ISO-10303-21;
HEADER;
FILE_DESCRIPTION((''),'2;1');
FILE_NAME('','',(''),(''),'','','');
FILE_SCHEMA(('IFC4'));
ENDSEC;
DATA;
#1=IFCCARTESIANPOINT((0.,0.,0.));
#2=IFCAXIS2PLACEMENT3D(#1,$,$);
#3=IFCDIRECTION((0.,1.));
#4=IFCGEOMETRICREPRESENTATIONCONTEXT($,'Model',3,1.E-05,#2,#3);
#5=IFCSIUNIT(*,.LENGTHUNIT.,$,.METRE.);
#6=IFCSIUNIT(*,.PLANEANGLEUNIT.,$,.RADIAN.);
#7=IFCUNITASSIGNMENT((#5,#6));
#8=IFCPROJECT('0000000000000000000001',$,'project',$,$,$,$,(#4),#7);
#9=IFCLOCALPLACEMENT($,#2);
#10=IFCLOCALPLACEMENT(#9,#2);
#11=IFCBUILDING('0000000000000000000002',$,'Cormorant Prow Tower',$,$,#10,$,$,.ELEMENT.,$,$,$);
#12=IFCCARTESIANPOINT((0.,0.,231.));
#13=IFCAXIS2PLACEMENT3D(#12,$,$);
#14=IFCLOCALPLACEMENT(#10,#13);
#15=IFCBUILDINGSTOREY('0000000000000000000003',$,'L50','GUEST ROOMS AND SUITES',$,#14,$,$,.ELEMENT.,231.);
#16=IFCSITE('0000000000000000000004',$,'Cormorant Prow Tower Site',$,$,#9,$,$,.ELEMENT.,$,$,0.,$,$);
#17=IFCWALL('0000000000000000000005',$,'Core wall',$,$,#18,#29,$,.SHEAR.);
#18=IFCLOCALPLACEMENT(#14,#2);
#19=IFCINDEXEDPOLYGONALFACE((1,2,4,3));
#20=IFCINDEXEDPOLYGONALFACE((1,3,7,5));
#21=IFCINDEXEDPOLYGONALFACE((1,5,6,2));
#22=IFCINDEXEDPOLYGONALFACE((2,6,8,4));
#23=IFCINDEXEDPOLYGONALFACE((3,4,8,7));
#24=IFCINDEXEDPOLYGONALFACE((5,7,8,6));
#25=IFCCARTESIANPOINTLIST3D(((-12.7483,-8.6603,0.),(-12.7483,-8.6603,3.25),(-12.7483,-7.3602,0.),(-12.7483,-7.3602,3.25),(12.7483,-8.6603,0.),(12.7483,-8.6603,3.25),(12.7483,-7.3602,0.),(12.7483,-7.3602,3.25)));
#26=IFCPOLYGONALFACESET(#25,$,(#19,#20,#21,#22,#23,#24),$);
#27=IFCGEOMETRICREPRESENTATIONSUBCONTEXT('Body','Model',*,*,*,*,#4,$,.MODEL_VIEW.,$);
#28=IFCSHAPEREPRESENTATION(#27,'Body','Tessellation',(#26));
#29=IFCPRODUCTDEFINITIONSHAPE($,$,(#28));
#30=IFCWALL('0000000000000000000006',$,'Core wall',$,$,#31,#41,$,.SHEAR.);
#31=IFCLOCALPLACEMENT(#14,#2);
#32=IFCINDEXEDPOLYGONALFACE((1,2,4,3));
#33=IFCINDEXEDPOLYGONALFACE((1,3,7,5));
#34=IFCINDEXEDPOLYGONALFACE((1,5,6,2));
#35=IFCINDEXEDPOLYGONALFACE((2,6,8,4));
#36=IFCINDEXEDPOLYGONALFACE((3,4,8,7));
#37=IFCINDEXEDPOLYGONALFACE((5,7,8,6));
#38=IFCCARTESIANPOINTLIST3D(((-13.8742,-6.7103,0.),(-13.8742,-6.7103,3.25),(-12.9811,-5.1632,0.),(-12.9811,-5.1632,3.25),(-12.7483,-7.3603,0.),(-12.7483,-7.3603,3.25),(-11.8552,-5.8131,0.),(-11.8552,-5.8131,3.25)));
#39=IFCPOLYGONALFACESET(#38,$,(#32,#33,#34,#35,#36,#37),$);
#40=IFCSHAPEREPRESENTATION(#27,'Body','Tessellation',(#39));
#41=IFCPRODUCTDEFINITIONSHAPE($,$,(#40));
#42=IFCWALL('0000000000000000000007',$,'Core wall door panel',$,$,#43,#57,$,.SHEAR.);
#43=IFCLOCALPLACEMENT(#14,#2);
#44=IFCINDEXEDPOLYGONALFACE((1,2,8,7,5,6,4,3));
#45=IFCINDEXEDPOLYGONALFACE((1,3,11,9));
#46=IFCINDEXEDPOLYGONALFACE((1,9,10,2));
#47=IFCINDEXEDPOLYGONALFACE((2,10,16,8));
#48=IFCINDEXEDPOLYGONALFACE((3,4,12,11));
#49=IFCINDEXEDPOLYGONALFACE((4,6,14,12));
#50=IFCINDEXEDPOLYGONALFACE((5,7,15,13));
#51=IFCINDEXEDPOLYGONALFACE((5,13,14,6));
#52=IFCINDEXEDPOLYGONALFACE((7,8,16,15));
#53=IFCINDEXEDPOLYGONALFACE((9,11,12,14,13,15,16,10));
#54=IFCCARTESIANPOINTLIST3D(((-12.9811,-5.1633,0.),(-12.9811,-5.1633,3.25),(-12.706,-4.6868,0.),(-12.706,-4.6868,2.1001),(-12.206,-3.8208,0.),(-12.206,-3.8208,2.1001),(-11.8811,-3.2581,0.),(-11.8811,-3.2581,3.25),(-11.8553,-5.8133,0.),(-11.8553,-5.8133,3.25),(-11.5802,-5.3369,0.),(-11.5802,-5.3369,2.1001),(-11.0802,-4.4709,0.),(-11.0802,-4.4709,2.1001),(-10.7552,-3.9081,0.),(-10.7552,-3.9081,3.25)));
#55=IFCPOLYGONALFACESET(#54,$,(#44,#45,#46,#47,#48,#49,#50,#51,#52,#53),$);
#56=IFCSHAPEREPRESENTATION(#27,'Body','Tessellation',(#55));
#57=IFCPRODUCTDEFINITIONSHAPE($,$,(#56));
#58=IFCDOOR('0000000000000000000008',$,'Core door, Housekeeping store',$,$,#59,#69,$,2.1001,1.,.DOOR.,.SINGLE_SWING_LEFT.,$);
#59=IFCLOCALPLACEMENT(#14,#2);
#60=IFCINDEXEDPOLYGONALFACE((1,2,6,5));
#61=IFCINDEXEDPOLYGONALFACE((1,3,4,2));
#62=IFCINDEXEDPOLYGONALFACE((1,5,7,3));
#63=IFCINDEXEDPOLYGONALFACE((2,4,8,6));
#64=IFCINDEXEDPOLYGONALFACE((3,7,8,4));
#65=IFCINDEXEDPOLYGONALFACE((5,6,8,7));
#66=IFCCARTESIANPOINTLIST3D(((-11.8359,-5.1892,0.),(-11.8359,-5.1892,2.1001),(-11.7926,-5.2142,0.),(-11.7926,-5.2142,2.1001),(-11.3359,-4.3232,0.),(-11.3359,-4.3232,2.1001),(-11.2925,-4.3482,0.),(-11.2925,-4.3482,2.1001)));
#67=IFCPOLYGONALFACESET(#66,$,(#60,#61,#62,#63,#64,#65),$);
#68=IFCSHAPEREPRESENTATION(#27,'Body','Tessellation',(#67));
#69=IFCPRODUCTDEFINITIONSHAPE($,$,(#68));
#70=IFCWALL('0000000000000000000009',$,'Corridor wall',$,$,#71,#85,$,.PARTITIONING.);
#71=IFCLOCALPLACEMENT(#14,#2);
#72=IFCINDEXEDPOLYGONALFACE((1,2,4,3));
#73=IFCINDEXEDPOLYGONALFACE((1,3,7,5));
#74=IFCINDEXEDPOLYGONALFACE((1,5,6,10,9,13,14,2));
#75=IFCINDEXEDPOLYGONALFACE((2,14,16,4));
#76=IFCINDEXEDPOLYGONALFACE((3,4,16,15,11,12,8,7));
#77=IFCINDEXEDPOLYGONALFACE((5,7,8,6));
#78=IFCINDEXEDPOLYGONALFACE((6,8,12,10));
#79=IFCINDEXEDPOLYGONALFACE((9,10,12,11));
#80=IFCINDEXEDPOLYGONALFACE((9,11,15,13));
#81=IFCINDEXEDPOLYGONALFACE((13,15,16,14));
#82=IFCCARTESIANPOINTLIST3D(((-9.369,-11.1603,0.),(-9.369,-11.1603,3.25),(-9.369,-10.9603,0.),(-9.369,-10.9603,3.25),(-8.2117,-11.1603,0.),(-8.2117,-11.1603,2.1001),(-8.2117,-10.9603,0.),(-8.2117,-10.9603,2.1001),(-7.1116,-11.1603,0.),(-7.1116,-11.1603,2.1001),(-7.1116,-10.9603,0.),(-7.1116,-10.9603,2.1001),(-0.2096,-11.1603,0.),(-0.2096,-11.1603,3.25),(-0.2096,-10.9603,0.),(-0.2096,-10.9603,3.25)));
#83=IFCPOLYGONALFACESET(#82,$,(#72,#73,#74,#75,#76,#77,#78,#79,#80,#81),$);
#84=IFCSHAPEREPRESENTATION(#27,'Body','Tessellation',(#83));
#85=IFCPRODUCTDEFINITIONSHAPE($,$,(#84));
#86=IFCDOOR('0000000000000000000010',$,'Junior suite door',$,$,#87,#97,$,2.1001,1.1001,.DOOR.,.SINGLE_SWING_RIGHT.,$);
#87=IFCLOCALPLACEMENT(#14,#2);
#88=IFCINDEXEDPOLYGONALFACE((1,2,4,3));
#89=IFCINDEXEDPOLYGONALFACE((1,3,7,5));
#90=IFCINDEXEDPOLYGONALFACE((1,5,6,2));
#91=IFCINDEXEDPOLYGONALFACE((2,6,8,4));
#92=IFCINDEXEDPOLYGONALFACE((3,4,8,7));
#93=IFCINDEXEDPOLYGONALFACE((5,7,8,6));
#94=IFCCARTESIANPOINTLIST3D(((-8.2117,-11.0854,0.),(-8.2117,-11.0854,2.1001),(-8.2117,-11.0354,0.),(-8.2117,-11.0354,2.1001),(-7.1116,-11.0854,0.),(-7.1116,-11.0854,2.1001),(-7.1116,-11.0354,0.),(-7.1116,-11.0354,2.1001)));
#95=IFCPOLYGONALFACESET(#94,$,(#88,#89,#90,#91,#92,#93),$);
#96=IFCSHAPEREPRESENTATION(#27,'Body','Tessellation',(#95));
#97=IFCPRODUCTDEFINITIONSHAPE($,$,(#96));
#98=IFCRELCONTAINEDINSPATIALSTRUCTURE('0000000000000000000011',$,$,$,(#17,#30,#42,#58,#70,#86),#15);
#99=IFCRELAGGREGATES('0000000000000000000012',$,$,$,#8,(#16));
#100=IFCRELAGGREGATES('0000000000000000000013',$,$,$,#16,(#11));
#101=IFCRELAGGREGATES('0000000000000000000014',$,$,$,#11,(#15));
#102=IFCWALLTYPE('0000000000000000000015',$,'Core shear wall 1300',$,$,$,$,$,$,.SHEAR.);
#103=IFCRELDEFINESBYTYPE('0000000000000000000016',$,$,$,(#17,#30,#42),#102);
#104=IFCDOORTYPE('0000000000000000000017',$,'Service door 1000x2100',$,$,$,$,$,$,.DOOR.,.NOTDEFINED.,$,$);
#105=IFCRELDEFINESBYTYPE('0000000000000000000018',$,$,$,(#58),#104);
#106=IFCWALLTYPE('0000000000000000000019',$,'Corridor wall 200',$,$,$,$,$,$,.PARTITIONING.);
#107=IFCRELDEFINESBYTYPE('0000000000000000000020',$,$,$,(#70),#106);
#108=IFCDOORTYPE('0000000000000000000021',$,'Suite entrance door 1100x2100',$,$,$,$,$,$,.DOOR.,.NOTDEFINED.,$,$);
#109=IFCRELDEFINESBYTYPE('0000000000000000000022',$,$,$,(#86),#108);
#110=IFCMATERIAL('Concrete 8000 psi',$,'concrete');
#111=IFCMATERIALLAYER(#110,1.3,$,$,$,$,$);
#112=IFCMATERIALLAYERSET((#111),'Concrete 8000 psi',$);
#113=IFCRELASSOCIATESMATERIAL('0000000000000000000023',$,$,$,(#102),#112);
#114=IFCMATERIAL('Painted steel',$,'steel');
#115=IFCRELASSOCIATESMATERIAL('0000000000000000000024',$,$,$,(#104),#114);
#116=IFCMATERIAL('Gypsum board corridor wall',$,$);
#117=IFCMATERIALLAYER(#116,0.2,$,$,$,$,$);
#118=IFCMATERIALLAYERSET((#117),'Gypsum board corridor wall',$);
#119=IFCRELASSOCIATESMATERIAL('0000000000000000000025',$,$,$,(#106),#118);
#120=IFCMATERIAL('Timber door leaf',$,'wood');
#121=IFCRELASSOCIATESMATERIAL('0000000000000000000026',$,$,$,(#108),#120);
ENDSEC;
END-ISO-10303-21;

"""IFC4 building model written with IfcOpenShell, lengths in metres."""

from ifc_helpers import new_model, si_unit, direction, frame, frame_2d, origin, place, context, subcontext, project, spatial, rectangle, extrude, material, layer, layer_set, type_object, element, fill, save


model = new_model("IFC4")

# Units and contexts
model_context = context("Model", 3, precision=1e-05, world=origin(), true_north=direction((0.0, 1.0)))
body_context = subcontext(model_context, "Body", "Model", "MODEL_VIEW")
ifc_project = project(units=[si_unit("LENGTHUNIT", "METRE"), si_unit("PLANEANGLEUNIT", "RADIAN")], contexts=[model_context])

# Site, building, storey
site_placement = place(None, origin())
site = spatial("IfcSite", under=ifc_project, at=site_placement, Name="Cormorant Prow Tower Site", CompositionType="ELEMENT", RefElevation=0.0)
building_placement = place(site_placement, origin())
building = spatial("IfcBuilding", under=site, at=building_placement, Name="Cormorant Prow Tower", CompositionType="ELEMENT")
storey_placement = place(building_placement, frame((0.0, 0.0, 231.0)))
storey = spatial("IfcBuildingStorey", under=building, at=storey_placement, Name="L50", Description="GUEST ROOMS AND SUITES", CompositionType="ELEMENT", Elevation=231.0)

# Walls
ifc_material_1 = material(Name="Concrete 8000 psi", Category="concrete")
ifc_layer_1 = layer(ifc_material_1, 1.3)
ifc_layer_set_1 = layer_set([ifc_layer_1], Name="Concrete 8000 psi")
wall_type_1 = type_object("IfcWallType", Name="Core shear wall 1300", PredefinedType="SHEAR", material=ifc_layer_set_1)
wall_1_placement = place(storey_placement, frame((-12.7483, -8.0103, 0.0), z_axis=(0.0, 0.0, 1.0), x_axis=(1.0, 0.0, 0.0)))
element("IfcWall", 1, at=wall_1_placement, inside=storey, type_object=wall_type_1, Name="Core wall", PredefinedType="SHEAR", context=body_context, shape_type="SweptSolid", body=[
    extrude(rectangle(XDim=25.4966, YDim=1.3, at=frame_2d((12.7483, 0.0))), origin(), (0.0, 0.0, 1.0), 3.25),
])
wall_2_placement = place(storey_placement, frame((-12.4182, -5.4883, 0.0), z_axis=(0.0, 0.0, 1.0), x_axis=(-0.499931, -0.866065, 0.0)))
element("IfcWall", 2, at=wall_2_placement, inside=storey, type_object=wall_type_1, Name="Core wall", PredefinedType="SHEAR", context=body_context, shape_type="SweptSolid", body=[
    extrude(rectangle(XDim=1.7864, YDim=1.3, at=frame_2d((0.8931, 0.0))), origin(), (0.0, 0.0, 1.0), 3.25),
])

# Walls, openings, doors
wall_3_placement = place(storey_placement, frame((-11.3181, -3.583, 0.0), z_axis=(0.0, 0.0, 1.0), x_axis=(-0.50003, -0.866008, 0.0)))
wall_3 = element("IfcWall", 3, at=wall_3_placement, inside=storey, type_object=wall_type_1, Name="Core wall door panel", PredefinedType="SHEAR", context=body_context, shape_type="SweptSolid", body=[
    extrude(rectangle(XDim=2.2, YDim=1.3, at=frame_2d((1.1001, 0.0))), origin(), (0.0, 0.0, 1.0), 3.25),
])
opening_1_placement = place(wall_3_placement, frame((0.6499, 0.0, 0.0)))
opening_1 = element("IfcOpeningElement", 4, at=opening_1_placement, cuts=wall_3, PredefinedType="OPENING", context=body_context, shape_type="SweptSolid", body=[
    extrude(rectangle(XDim=1.0, YDim=2.1001, at=frame_2d((0.5, 1.05))), frame((0.0, 0.6599, 0.0), z_axis=(0.0, -1.0, 0.0), x_axis=(1.0, 0.0, 0.0)), (0.0, 0.0, 1.0), 1.3201),
])
ifc_material_2 = material(Name="Painted steel", Category="steel")
door_type_1 = type_object("IfcDoorType", Name="Service door 1000x2100", OperationType="NOTDEFINED", PredefinedType="DOOR", material=ifc_material_2)
door_1_placement = place(opening_1_placement, origin())
door_1 = element("IfcDoor", 5, at=door_1_placement, inside=storey, type_object=door_type_1, Name="Core door, Housekeeping store", OperationType="SINGLE_SWING_LEFT", OverallHeight=2.1001, OverallWidth=1.0, PredefinedType="DOOR", context=body_context, shape_type="SweptSolid", body=[
    extrude(rectangle(XDim=1.0, YDim=2.1001, at=frame_2d((0.5, 1.05))), frame((0.0, 0.4048, 0.0), z_axis=(0.0, -1.0, 0.0), x_axis=(1.0, 0.0, 0.0)), (0.0, 0.0, 1.0), 0.05),
])
fill(opening_1, door_1)
ifc_material_3 = material(Name="Gypsum board corridor wall")
ifc_layer_2 = layer(ifc_material_3, 0.2)
ifc_layer_set_2 = layer_set([ifc_layer_2], Name="Gypsum board corridor wall")
wall_type_2 = type_object("IfcWallType", Name="Corridor wall 200", PredefinedType="PARTITIONING", material=ifc_layer_set_2)
wall_4_placement = place(storey_placement, frame((-9.3689, -11.0603, 0.0), z_axis=(0.0, 0.0, 1.0), x_axis=(1.0, 0.0, 0.0)))
wall_4 = element("IfcWall", 6, at=wall_4_placement, inside=storey, type_object=wall_type_2, Name="Corridor wall", PredefinedType="PARTITIONING", context=body_context, shape_type="SweptSolid", body=[
    extrude(rectangle(XDim=9.1594, YDim=0.2, at=frame_2d((4.5796, 0.0))), origin(), (0.0, 0.0, 1.0), 3.25),
])
opening_2_placement = place(wall_4_placement, frame((1.1572, 0.0, 0.0)))
opening_2 = element("IfcOpeningElement", 7, at=opening_2_placement, cuts=wall_4, PredefinedType="OPENING", context=body_context, shape_type="SweptSolid", body=[
    extrude(rectangle(XDim=1.1001, YDim=2.1001, at=frame_2d((0.55, 1.05))), frame((0.0, 0.1099, 0.0), z_axis=(0.0, -1.0, 0.0), x_axis=(1.0, 0.0, 0.0)), (0.0, 0.0, 1.0), 0.22),
])
ifc_material_4 = material(Name="Timber door leaf", Category="wood")
door_type_2 = type_object("IfcDoorType", Name="Suite entrance door 1100x2100", OperationType="NOTDEFINED", PredefinedType="DOOR", material=ifc_material_4)
door_2_placement = place(opening_2_placement, origin())
door_2 = element("IfcDoor", 8, at=door_2_placement, inside=storey, type_object=door_type_2, Name="Junior suite door", OperationType="SINGLE_SWING_RIGHT", OverallHeight=2.1001, OverallWidth=1.1001, PredefinedType="DOOR", context=body_context, shape_type="SweptSolid", body=[
    extrude(rectangle(XDim=1.1001, YDim=2.1001, at=frame_2d((0.55, 1.05))), frame((0.0, 0.0249, 0.0), z_axis=(0.0, -1.0, 0.0), x_axis=(1.0, 0.0, 0.0)), (0.0, 0.0, 1.0), 0.05),
])
fill(opening_2, door_2)

save(model, "model.ifc")
